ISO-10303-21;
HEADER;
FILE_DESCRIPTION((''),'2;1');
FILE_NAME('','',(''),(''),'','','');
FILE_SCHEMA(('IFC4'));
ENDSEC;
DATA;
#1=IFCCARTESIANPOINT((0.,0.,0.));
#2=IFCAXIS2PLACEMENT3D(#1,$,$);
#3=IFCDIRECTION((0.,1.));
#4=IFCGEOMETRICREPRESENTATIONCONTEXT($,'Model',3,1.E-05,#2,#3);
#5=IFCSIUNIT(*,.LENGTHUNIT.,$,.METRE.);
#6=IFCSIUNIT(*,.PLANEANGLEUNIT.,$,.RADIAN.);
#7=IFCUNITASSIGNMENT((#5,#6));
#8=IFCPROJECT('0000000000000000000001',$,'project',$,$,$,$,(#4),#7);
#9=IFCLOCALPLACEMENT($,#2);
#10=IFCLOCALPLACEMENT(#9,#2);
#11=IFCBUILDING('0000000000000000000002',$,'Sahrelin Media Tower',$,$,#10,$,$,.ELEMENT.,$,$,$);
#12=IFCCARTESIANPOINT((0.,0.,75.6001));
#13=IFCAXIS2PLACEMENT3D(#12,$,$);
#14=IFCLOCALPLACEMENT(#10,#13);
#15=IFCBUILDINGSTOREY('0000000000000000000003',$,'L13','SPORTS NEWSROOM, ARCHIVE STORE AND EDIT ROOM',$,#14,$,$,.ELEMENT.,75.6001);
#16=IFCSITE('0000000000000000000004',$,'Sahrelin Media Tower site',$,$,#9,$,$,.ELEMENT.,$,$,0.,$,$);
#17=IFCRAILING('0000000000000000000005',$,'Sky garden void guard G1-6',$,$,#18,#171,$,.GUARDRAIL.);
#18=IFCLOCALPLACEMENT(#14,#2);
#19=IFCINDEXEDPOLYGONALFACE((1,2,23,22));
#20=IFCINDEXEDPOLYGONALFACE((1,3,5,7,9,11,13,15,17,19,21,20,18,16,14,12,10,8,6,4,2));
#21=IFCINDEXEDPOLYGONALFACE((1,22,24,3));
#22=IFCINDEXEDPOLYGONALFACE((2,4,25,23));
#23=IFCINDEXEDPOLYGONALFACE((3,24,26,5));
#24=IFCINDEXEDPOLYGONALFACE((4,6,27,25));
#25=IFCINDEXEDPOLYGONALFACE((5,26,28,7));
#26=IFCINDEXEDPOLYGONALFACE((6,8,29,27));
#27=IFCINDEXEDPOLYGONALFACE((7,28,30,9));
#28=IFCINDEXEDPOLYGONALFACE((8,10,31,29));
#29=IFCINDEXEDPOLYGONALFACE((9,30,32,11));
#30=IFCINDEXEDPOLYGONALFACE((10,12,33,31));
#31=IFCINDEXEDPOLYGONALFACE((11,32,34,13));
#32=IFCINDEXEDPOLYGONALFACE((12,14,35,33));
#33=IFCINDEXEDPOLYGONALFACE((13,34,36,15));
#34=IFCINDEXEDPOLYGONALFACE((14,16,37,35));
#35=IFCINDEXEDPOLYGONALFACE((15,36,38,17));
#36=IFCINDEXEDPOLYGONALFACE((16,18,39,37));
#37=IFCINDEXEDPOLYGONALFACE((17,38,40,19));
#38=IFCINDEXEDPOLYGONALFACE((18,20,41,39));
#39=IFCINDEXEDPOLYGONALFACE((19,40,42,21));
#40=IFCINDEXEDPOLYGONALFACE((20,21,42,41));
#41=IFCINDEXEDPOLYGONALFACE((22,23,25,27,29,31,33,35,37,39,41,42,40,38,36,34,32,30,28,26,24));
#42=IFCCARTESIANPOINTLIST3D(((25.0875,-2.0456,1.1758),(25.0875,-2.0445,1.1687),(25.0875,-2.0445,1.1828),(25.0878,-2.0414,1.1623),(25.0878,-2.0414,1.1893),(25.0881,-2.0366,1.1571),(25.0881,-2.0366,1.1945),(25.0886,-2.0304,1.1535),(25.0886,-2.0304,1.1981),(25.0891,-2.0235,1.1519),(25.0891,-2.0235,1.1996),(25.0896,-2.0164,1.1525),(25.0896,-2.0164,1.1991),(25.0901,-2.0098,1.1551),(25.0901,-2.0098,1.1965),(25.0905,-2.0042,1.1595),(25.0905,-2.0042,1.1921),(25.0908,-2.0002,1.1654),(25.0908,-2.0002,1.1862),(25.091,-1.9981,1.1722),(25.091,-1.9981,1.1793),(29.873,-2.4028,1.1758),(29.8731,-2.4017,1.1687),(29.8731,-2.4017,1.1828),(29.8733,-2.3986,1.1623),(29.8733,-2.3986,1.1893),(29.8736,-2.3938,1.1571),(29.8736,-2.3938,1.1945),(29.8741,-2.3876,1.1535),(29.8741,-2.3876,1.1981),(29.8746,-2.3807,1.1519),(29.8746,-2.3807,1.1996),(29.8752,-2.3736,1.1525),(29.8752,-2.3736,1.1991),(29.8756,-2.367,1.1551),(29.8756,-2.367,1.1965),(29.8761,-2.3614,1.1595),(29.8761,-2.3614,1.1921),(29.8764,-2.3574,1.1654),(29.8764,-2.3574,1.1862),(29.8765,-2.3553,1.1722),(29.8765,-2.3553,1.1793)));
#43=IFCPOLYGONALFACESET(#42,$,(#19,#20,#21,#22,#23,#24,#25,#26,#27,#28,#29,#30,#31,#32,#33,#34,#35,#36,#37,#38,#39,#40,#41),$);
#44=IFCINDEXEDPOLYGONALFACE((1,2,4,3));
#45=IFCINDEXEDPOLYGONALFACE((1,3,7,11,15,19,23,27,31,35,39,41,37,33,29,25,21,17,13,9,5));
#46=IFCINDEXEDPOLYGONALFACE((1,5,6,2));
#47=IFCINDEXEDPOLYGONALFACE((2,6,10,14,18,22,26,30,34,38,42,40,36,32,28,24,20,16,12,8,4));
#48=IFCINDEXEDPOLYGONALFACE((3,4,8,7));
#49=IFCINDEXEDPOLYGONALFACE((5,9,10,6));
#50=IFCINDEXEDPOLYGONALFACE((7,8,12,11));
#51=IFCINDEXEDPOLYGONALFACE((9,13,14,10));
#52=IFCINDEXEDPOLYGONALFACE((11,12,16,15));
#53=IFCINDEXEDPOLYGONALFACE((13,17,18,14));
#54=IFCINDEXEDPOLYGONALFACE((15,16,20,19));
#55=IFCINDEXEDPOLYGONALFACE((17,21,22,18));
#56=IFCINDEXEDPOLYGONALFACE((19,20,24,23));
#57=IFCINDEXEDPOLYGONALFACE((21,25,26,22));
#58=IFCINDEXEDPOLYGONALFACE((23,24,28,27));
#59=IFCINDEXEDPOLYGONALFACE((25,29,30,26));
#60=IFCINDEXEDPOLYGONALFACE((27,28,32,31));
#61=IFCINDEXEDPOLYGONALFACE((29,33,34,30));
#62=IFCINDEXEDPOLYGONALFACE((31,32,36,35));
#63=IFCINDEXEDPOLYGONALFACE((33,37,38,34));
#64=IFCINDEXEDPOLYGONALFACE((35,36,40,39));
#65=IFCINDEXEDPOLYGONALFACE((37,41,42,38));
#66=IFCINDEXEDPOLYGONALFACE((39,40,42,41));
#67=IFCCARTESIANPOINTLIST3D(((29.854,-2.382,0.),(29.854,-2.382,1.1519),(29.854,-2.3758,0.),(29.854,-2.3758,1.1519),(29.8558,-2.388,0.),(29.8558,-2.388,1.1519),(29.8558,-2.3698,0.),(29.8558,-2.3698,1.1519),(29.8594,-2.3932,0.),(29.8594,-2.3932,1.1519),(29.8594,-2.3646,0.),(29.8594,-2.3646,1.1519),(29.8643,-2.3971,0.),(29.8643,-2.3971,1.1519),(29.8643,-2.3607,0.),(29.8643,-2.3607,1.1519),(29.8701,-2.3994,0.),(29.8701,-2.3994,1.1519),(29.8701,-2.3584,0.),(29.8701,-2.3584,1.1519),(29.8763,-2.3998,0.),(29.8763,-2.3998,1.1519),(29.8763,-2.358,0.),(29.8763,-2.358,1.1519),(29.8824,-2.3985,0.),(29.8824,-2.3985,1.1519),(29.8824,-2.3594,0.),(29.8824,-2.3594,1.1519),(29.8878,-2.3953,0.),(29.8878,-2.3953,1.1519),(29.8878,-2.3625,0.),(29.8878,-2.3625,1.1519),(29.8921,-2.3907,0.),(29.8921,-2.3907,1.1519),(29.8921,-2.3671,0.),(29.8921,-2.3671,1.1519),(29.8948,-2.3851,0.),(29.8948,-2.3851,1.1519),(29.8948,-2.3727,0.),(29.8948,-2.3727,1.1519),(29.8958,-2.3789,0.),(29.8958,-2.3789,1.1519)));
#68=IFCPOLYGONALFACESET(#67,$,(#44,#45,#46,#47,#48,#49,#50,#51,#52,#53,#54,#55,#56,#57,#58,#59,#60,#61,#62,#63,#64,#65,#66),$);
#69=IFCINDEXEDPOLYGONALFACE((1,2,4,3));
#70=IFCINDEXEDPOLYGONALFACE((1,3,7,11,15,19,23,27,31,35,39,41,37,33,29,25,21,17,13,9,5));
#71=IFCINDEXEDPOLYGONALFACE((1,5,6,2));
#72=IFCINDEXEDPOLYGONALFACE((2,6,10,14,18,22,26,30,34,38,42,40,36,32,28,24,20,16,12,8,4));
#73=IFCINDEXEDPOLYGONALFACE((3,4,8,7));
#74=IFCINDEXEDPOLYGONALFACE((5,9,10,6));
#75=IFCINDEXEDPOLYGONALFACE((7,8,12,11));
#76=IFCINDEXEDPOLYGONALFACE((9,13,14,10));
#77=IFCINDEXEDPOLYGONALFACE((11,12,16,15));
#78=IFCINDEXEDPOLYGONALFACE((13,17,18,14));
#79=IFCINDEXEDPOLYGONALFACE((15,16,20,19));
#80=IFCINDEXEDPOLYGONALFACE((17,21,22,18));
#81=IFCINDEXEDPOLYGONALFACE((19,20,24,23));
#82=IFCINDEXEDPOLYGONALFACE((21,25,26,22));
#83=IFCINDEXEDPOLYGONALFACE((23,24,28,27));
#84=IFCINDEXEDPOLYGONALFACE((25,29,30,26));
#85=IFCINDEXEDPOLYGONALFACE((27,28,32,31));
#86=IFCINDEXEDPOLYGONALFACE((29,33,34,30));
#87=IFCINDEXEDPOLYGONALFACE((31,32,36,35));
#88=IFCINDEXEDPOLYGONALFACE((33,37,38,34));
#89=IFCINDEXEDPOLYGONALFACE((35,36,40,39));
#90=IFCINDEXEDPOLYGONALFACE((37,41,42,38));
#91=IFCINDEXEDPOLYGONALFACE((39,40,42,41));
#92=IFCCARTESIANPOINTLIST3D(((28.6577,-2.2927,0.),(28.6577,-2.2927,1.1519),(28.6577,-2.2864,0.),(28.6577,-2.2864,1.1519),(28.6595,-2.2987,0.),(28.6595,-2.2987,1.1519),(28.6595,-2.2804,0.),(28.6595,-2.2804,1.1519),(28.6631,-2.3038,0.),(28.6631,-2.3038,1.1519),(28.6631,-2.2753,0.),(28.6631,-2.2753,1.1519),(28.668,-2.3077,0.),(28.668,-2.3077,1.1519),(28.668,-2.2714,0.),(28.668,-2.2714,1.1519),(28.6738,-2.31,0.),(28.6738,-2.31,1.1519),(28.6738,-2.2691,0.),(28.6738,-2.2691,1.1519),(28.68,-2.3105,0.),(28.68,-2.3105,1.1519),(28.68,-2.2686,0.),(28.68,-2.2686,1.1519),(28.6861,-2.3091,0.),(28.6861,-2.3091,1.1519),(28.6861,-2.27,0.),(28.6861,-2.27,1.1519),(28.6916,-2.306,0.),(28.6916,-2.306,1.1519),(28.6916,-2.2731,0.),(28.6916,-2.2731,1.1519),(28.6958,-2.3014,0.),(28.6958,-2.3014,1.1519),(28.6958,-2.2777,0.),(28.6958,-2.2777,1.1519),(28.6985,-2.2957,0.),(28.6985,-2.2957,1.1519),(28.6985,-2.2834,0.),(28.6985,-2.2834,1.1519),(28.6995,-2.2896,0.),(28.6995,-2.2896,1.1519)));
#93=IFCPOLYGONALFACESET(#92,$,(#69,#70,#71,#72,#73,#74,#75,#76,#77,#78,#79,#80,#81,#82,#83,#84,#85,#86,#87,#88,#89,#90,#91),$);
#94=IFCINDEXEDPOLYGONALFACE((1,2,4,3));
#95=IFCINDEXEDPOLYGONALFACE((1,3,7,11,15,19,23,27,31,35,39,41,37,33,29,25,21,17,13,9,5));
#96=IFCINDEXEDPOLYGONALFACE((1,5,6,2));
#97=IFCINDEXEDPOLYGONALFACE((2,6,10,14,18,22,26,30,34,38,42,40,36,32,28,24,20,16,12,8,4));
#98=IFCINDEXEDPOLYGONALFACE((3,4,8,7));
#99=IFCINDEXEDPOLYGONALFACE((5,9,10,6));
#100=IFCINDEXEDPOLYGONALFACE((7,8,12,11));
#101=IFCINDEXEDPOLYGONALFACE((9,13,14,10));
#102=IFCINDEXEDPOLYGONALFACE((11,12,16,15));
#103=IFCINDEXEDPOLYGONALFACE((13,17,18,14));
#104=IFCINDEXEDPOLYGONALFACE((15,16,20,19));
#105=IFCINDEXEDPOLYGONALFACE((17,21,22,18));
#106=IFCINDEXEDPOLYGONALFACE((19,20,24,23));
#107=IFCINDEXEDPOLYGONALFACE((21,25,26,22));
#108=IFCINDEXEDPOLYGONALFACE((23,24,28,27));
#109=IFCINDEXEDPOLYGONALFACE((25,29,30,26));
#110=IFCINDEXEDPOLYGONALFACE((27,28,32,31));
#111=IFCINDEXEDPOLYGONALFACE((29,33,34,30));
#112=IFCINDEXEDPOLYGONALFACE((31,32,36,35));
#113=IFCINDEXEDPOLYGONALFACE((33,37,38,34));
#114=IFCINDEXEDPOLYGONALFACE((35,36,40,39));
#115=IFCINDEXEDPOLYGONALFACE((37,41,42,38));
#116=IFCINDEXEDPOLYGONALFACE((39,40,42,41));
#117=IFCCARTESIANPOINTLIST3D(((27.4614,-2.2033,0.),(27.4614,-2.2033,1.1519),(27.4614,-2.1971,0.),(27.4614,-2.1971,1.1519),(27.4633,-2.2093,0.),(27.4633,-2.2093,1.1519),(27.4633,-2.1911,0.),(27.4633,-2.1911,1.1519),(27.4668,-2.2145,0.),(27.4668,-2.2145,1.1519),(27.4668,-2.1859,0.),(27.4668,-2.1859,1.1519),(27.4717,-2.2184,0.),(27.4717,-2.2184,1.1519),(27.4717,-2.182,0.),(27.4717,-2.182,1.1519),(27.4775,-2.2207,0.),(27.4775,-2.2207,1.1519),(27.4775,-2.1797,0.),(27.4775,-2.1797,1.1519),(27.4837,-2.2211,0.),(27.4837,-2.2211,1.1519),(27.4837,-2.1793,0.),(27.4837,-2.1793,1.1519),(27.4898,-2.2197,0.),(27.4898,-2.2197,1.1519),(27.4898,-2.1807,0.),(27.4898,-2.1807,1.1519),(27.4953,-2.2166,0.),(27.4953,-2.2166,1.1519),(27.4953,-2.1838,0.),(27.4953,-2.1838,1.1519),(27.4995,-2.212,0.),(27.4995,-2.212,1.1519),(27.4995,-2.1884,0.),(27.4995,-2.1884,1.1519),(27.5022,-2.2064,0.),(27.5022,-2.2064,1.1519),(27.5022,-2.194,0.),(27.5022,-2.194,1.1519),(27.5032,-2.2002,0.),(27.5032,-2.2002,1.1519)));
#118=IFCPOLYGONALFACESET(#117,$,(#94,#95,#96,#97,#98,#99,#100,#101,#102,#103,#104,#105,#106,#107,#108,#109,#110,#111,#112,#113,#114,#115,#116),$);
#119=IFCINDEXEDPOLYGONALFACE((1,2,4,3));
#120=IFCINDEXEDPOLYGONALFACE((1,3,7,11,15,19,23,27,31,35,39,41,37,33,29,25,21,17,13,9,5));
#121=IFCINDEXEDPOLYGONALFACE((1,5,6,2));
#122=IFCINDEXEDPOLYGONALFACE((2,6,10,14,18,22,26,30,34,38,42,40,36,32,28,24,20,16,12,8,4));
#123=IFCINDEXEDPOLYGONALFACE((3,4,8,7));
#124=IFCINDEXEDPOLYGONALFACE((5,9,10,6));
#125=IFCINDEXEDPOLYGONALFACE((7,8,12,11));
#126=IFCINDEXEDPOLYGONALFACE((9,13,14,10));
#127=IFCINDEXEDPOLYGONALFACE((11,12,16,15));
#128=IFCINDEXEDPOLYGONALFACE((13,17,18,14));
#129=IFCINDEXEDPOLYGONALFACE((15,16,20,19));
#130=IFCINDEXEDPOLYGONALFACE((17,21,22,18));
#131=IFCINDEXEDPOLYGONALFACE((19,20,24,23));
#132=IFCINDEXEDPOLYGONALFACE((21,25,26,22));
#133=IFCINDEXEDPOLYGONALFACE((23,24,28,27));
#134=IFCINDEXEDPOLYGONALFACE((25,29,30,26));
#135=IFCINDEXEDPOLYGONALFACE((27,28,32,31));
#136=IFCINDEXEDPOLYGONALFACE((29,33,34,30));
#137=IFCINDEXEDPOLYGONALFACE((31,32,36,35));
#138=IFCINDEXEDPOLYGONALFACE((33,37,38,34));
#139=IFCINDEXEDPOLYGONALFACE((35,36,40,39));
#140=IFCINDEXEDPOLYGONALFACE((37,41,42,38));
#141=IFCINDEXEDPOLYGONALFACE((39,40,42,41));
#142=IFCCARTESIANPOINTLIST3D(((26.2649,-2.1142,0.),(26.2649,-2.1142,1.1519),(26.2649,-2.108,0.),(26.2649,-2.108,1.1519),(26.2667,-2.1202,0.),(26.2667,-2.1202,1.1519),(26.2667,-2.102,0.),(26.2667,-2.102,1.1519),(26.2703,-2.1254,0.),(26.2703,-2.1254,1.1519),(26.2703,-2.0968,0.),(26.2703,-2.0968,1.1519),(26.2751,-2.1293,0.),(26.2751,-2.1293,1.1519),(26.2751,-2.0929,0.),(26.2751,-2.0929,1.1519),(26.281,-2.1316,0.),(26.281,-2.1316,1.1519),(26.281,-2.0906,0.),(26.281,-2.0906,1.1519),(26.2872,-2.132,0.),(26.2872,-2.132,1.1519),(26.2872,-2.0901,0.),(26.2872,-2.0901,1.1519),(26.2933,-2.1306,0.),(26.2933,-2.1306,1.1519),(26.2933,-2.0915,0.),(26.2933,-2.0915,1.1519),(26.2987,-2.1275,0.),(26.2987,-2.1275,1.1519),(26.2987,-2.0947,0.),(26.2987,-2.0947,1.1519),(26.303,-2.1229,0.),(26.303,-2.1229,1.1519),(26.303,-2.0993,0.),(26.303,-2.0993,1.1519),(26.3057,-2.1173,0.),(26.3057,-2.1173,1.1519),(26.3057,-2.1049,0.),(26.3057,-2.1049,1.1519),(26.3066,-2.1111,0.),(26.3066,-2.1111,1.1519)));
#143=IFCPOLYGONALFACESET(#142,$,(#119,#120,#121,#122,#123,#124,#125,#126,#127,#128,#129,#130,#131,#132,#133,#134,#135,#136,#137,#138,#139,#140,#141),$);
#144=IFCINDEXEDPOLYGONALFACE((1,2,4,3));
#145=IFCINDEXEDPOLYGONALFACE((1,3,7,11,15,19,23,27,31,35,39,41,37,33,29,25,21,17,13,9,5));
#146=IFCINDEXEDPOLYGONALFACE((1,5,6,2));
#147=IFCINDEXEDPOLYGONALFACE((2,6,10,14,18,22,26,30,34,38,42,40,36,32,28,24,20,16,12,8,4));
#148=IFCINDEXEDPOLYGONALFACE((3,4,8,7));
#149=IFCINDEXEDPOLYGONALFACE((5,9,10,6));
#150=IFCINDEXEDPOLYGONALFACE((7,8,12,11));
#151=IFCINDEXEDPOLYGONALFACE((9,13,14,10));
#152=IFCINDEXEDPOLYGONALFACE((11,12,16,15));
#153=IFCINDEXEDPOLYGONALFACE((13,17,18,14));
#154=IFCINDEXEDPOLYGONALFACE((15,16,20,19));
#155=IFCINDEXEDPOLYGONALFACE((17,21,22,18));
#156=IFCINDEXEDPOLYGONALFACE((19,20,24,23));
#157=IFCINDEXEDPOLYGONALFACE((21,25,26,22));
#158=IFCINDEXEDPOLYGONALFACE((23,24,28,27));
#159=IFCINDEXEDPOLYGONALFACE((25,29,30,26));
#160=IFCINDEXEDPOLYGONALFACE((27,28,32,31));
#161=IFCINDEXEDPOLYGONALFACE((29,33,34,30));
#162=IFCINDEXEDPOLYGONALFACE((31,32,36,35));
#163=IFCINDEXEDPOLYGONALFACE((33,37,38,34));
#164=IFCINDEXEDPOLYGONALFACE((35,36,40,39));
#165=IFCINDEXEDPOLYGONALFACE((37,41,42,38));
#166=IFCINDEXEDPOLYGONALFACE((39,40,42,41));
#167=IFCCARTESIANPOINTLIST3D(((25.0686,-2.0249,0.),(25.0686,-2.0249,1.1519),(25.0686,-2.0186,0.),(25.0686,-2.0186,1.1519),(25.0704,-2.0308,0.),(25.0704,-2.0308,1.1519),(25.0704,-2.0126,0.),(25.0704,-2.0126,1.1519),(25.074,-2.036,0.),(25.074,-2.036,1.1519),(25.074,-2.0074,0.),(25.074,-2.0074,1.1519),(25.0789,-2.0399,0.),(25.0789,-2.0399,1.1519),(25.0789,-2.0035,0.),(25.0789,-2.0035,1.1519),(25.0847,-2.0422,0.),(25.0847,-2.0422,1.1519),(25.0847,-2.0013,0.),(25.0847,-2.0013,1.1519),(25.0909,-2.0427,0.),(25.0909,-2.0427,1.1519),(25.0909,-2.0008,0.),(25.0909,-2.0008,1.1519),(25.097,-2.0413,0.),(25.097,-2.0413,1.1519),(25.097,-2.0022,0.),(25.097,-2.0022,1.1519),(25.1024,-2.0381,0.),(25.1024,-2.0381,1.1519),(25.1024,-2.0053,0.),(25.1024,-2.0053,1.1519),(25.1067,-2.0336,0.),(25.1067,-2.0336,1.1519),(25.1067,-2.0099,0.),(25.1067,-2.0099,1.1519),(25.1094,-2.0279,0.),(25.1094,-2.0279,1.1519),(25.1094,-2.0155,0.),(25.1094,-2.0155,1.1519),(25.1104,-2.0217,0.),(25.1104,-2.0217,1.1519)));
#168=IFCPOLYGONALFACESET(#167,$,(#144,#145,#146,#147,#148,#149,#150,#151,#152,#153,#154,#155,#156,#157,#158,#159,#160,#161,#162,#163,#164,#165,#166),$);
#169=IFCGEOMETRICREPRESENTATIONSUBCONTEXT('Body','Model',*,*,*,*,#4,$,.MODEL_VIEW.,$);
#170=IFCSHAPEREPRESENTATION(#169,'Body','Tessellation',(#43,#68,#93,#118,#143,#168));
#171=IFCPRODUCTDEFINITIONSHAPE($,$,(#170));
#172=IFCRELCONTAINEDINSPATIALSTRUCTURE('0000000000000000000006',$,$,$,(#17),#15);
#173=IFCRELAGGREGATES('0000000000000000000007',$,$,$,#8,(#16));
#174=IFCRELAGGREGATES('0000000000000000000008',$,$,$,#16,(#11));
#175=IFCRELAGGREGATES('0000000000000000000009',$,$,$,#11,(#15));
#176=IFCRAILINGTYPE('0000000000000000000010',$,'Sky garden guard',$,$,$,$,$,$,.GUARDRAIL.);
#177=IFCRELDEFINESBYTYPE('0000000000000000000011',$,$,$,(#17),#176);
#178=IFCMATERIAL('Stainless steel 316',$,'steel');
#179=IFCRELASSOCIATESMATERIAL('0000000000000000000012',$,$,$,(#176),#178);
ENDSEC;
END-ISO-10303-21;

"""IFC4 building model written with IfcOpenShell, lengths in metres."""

from ifc_helpers import new_model, si_unit, direction, frame, origin, origin_2d, place, context, subcontext, project, spatial, circle, extrude, material, type_object, element, save


model = new_model("IFC4")

# Units and contexts
model_context = context("Model", 3, precision=1e-05, world=origin(), true_north=direction((0.0, 1.0)))
body_context = subcontext(model_context, "Body", "Model", "MODEL_VIEW")
ifc_project = project(units=[si_unit("LENGTHUNIT", "METRE"), si_unit("PLANEANGLEUNIT", "RADIAN")], contexts=[model_context])

# Site, building, storey
site_placement = place(None, origin())
site = spatial("IfcSite", under=ifc_project, at=site_placement, Name="Sahrelin Media Tower site", CompositionType="ELEMENT", RefElevation=0.0)
building_placement = place(site_placement, origin())
building = spatial("IfcBuilding", under=site, at=building_placement, Name="Sahrelin Media Tower", CompositionType="ELEMENT")
storey_placement = place(building_placement, frame((0.0, 0.0, 75.6001)))
storey = spatial("IfcBuildingStorey", under=building, at=storey_placement, Name="L13", Description="SPORTS NEWSROOM, ARCHIVE STORE AND EDIT ROOM", CompositionType="ELEMENT", Elevation=75.6001)

# Railing
ifc_material_1 = material(Name="Stainless steel 316", Category="steel")
railing_type = type_object("IfcRailingType", Name="Sky garden guard", PredefinedType="GUARDRAIL", material=ifc_material_1)
railing_1_placement = place(storey_placement, frame((29.8748, -2.3789, 0.0)))
element("IfcRailing", 1, at=railing_1_placement, inside=storey, type_object=railing_type, Name="Sky garden void guard G1-6", PredefinedType="GUARDRAIL", context=body_context, shape_type="SweptSolid", body=[
    extrude(circle(Radius=0.0239, at=origin_2d()), frame((0.0, 0.0, 1.1758), z_axis=(-0.997226, 0.074432, 0.0), x_axis=(-0.074432, -0.997226, 0.0)), (0.0, 0.0, 1.0), 4.7988),
    extrude(circle(Radius=0.021, at=origin_2d()), origin(), (0.0, 0.0, 1.0), 1.1519),
    extrude(circle(Radius=0.021, at=origin_2d()), frame((-1.1963, 0.0894, 0.0)), (0.0, 0.0, 1.0), 1.1519),
    extrude(circle(Radius=0.021, at=origin_2d()), frame((-2.3926, 0.1787, 0.0)), (0.0, 0.0, 1.0), 1.1519),
    extrude(circle(Radius=0.021, at=origin_2d()), frame((-3.5891, 0.2678, 0.0)), (0.0, 0.0, 1.0), 1.1519),
    extrude(circle(Radius=0.021, at=origin_2d()), frame((-4.7854, 0.3572, 0.0)), (0.0, 0.0, 1.0), 1.1519),
])

save(model, "model.ifc")
